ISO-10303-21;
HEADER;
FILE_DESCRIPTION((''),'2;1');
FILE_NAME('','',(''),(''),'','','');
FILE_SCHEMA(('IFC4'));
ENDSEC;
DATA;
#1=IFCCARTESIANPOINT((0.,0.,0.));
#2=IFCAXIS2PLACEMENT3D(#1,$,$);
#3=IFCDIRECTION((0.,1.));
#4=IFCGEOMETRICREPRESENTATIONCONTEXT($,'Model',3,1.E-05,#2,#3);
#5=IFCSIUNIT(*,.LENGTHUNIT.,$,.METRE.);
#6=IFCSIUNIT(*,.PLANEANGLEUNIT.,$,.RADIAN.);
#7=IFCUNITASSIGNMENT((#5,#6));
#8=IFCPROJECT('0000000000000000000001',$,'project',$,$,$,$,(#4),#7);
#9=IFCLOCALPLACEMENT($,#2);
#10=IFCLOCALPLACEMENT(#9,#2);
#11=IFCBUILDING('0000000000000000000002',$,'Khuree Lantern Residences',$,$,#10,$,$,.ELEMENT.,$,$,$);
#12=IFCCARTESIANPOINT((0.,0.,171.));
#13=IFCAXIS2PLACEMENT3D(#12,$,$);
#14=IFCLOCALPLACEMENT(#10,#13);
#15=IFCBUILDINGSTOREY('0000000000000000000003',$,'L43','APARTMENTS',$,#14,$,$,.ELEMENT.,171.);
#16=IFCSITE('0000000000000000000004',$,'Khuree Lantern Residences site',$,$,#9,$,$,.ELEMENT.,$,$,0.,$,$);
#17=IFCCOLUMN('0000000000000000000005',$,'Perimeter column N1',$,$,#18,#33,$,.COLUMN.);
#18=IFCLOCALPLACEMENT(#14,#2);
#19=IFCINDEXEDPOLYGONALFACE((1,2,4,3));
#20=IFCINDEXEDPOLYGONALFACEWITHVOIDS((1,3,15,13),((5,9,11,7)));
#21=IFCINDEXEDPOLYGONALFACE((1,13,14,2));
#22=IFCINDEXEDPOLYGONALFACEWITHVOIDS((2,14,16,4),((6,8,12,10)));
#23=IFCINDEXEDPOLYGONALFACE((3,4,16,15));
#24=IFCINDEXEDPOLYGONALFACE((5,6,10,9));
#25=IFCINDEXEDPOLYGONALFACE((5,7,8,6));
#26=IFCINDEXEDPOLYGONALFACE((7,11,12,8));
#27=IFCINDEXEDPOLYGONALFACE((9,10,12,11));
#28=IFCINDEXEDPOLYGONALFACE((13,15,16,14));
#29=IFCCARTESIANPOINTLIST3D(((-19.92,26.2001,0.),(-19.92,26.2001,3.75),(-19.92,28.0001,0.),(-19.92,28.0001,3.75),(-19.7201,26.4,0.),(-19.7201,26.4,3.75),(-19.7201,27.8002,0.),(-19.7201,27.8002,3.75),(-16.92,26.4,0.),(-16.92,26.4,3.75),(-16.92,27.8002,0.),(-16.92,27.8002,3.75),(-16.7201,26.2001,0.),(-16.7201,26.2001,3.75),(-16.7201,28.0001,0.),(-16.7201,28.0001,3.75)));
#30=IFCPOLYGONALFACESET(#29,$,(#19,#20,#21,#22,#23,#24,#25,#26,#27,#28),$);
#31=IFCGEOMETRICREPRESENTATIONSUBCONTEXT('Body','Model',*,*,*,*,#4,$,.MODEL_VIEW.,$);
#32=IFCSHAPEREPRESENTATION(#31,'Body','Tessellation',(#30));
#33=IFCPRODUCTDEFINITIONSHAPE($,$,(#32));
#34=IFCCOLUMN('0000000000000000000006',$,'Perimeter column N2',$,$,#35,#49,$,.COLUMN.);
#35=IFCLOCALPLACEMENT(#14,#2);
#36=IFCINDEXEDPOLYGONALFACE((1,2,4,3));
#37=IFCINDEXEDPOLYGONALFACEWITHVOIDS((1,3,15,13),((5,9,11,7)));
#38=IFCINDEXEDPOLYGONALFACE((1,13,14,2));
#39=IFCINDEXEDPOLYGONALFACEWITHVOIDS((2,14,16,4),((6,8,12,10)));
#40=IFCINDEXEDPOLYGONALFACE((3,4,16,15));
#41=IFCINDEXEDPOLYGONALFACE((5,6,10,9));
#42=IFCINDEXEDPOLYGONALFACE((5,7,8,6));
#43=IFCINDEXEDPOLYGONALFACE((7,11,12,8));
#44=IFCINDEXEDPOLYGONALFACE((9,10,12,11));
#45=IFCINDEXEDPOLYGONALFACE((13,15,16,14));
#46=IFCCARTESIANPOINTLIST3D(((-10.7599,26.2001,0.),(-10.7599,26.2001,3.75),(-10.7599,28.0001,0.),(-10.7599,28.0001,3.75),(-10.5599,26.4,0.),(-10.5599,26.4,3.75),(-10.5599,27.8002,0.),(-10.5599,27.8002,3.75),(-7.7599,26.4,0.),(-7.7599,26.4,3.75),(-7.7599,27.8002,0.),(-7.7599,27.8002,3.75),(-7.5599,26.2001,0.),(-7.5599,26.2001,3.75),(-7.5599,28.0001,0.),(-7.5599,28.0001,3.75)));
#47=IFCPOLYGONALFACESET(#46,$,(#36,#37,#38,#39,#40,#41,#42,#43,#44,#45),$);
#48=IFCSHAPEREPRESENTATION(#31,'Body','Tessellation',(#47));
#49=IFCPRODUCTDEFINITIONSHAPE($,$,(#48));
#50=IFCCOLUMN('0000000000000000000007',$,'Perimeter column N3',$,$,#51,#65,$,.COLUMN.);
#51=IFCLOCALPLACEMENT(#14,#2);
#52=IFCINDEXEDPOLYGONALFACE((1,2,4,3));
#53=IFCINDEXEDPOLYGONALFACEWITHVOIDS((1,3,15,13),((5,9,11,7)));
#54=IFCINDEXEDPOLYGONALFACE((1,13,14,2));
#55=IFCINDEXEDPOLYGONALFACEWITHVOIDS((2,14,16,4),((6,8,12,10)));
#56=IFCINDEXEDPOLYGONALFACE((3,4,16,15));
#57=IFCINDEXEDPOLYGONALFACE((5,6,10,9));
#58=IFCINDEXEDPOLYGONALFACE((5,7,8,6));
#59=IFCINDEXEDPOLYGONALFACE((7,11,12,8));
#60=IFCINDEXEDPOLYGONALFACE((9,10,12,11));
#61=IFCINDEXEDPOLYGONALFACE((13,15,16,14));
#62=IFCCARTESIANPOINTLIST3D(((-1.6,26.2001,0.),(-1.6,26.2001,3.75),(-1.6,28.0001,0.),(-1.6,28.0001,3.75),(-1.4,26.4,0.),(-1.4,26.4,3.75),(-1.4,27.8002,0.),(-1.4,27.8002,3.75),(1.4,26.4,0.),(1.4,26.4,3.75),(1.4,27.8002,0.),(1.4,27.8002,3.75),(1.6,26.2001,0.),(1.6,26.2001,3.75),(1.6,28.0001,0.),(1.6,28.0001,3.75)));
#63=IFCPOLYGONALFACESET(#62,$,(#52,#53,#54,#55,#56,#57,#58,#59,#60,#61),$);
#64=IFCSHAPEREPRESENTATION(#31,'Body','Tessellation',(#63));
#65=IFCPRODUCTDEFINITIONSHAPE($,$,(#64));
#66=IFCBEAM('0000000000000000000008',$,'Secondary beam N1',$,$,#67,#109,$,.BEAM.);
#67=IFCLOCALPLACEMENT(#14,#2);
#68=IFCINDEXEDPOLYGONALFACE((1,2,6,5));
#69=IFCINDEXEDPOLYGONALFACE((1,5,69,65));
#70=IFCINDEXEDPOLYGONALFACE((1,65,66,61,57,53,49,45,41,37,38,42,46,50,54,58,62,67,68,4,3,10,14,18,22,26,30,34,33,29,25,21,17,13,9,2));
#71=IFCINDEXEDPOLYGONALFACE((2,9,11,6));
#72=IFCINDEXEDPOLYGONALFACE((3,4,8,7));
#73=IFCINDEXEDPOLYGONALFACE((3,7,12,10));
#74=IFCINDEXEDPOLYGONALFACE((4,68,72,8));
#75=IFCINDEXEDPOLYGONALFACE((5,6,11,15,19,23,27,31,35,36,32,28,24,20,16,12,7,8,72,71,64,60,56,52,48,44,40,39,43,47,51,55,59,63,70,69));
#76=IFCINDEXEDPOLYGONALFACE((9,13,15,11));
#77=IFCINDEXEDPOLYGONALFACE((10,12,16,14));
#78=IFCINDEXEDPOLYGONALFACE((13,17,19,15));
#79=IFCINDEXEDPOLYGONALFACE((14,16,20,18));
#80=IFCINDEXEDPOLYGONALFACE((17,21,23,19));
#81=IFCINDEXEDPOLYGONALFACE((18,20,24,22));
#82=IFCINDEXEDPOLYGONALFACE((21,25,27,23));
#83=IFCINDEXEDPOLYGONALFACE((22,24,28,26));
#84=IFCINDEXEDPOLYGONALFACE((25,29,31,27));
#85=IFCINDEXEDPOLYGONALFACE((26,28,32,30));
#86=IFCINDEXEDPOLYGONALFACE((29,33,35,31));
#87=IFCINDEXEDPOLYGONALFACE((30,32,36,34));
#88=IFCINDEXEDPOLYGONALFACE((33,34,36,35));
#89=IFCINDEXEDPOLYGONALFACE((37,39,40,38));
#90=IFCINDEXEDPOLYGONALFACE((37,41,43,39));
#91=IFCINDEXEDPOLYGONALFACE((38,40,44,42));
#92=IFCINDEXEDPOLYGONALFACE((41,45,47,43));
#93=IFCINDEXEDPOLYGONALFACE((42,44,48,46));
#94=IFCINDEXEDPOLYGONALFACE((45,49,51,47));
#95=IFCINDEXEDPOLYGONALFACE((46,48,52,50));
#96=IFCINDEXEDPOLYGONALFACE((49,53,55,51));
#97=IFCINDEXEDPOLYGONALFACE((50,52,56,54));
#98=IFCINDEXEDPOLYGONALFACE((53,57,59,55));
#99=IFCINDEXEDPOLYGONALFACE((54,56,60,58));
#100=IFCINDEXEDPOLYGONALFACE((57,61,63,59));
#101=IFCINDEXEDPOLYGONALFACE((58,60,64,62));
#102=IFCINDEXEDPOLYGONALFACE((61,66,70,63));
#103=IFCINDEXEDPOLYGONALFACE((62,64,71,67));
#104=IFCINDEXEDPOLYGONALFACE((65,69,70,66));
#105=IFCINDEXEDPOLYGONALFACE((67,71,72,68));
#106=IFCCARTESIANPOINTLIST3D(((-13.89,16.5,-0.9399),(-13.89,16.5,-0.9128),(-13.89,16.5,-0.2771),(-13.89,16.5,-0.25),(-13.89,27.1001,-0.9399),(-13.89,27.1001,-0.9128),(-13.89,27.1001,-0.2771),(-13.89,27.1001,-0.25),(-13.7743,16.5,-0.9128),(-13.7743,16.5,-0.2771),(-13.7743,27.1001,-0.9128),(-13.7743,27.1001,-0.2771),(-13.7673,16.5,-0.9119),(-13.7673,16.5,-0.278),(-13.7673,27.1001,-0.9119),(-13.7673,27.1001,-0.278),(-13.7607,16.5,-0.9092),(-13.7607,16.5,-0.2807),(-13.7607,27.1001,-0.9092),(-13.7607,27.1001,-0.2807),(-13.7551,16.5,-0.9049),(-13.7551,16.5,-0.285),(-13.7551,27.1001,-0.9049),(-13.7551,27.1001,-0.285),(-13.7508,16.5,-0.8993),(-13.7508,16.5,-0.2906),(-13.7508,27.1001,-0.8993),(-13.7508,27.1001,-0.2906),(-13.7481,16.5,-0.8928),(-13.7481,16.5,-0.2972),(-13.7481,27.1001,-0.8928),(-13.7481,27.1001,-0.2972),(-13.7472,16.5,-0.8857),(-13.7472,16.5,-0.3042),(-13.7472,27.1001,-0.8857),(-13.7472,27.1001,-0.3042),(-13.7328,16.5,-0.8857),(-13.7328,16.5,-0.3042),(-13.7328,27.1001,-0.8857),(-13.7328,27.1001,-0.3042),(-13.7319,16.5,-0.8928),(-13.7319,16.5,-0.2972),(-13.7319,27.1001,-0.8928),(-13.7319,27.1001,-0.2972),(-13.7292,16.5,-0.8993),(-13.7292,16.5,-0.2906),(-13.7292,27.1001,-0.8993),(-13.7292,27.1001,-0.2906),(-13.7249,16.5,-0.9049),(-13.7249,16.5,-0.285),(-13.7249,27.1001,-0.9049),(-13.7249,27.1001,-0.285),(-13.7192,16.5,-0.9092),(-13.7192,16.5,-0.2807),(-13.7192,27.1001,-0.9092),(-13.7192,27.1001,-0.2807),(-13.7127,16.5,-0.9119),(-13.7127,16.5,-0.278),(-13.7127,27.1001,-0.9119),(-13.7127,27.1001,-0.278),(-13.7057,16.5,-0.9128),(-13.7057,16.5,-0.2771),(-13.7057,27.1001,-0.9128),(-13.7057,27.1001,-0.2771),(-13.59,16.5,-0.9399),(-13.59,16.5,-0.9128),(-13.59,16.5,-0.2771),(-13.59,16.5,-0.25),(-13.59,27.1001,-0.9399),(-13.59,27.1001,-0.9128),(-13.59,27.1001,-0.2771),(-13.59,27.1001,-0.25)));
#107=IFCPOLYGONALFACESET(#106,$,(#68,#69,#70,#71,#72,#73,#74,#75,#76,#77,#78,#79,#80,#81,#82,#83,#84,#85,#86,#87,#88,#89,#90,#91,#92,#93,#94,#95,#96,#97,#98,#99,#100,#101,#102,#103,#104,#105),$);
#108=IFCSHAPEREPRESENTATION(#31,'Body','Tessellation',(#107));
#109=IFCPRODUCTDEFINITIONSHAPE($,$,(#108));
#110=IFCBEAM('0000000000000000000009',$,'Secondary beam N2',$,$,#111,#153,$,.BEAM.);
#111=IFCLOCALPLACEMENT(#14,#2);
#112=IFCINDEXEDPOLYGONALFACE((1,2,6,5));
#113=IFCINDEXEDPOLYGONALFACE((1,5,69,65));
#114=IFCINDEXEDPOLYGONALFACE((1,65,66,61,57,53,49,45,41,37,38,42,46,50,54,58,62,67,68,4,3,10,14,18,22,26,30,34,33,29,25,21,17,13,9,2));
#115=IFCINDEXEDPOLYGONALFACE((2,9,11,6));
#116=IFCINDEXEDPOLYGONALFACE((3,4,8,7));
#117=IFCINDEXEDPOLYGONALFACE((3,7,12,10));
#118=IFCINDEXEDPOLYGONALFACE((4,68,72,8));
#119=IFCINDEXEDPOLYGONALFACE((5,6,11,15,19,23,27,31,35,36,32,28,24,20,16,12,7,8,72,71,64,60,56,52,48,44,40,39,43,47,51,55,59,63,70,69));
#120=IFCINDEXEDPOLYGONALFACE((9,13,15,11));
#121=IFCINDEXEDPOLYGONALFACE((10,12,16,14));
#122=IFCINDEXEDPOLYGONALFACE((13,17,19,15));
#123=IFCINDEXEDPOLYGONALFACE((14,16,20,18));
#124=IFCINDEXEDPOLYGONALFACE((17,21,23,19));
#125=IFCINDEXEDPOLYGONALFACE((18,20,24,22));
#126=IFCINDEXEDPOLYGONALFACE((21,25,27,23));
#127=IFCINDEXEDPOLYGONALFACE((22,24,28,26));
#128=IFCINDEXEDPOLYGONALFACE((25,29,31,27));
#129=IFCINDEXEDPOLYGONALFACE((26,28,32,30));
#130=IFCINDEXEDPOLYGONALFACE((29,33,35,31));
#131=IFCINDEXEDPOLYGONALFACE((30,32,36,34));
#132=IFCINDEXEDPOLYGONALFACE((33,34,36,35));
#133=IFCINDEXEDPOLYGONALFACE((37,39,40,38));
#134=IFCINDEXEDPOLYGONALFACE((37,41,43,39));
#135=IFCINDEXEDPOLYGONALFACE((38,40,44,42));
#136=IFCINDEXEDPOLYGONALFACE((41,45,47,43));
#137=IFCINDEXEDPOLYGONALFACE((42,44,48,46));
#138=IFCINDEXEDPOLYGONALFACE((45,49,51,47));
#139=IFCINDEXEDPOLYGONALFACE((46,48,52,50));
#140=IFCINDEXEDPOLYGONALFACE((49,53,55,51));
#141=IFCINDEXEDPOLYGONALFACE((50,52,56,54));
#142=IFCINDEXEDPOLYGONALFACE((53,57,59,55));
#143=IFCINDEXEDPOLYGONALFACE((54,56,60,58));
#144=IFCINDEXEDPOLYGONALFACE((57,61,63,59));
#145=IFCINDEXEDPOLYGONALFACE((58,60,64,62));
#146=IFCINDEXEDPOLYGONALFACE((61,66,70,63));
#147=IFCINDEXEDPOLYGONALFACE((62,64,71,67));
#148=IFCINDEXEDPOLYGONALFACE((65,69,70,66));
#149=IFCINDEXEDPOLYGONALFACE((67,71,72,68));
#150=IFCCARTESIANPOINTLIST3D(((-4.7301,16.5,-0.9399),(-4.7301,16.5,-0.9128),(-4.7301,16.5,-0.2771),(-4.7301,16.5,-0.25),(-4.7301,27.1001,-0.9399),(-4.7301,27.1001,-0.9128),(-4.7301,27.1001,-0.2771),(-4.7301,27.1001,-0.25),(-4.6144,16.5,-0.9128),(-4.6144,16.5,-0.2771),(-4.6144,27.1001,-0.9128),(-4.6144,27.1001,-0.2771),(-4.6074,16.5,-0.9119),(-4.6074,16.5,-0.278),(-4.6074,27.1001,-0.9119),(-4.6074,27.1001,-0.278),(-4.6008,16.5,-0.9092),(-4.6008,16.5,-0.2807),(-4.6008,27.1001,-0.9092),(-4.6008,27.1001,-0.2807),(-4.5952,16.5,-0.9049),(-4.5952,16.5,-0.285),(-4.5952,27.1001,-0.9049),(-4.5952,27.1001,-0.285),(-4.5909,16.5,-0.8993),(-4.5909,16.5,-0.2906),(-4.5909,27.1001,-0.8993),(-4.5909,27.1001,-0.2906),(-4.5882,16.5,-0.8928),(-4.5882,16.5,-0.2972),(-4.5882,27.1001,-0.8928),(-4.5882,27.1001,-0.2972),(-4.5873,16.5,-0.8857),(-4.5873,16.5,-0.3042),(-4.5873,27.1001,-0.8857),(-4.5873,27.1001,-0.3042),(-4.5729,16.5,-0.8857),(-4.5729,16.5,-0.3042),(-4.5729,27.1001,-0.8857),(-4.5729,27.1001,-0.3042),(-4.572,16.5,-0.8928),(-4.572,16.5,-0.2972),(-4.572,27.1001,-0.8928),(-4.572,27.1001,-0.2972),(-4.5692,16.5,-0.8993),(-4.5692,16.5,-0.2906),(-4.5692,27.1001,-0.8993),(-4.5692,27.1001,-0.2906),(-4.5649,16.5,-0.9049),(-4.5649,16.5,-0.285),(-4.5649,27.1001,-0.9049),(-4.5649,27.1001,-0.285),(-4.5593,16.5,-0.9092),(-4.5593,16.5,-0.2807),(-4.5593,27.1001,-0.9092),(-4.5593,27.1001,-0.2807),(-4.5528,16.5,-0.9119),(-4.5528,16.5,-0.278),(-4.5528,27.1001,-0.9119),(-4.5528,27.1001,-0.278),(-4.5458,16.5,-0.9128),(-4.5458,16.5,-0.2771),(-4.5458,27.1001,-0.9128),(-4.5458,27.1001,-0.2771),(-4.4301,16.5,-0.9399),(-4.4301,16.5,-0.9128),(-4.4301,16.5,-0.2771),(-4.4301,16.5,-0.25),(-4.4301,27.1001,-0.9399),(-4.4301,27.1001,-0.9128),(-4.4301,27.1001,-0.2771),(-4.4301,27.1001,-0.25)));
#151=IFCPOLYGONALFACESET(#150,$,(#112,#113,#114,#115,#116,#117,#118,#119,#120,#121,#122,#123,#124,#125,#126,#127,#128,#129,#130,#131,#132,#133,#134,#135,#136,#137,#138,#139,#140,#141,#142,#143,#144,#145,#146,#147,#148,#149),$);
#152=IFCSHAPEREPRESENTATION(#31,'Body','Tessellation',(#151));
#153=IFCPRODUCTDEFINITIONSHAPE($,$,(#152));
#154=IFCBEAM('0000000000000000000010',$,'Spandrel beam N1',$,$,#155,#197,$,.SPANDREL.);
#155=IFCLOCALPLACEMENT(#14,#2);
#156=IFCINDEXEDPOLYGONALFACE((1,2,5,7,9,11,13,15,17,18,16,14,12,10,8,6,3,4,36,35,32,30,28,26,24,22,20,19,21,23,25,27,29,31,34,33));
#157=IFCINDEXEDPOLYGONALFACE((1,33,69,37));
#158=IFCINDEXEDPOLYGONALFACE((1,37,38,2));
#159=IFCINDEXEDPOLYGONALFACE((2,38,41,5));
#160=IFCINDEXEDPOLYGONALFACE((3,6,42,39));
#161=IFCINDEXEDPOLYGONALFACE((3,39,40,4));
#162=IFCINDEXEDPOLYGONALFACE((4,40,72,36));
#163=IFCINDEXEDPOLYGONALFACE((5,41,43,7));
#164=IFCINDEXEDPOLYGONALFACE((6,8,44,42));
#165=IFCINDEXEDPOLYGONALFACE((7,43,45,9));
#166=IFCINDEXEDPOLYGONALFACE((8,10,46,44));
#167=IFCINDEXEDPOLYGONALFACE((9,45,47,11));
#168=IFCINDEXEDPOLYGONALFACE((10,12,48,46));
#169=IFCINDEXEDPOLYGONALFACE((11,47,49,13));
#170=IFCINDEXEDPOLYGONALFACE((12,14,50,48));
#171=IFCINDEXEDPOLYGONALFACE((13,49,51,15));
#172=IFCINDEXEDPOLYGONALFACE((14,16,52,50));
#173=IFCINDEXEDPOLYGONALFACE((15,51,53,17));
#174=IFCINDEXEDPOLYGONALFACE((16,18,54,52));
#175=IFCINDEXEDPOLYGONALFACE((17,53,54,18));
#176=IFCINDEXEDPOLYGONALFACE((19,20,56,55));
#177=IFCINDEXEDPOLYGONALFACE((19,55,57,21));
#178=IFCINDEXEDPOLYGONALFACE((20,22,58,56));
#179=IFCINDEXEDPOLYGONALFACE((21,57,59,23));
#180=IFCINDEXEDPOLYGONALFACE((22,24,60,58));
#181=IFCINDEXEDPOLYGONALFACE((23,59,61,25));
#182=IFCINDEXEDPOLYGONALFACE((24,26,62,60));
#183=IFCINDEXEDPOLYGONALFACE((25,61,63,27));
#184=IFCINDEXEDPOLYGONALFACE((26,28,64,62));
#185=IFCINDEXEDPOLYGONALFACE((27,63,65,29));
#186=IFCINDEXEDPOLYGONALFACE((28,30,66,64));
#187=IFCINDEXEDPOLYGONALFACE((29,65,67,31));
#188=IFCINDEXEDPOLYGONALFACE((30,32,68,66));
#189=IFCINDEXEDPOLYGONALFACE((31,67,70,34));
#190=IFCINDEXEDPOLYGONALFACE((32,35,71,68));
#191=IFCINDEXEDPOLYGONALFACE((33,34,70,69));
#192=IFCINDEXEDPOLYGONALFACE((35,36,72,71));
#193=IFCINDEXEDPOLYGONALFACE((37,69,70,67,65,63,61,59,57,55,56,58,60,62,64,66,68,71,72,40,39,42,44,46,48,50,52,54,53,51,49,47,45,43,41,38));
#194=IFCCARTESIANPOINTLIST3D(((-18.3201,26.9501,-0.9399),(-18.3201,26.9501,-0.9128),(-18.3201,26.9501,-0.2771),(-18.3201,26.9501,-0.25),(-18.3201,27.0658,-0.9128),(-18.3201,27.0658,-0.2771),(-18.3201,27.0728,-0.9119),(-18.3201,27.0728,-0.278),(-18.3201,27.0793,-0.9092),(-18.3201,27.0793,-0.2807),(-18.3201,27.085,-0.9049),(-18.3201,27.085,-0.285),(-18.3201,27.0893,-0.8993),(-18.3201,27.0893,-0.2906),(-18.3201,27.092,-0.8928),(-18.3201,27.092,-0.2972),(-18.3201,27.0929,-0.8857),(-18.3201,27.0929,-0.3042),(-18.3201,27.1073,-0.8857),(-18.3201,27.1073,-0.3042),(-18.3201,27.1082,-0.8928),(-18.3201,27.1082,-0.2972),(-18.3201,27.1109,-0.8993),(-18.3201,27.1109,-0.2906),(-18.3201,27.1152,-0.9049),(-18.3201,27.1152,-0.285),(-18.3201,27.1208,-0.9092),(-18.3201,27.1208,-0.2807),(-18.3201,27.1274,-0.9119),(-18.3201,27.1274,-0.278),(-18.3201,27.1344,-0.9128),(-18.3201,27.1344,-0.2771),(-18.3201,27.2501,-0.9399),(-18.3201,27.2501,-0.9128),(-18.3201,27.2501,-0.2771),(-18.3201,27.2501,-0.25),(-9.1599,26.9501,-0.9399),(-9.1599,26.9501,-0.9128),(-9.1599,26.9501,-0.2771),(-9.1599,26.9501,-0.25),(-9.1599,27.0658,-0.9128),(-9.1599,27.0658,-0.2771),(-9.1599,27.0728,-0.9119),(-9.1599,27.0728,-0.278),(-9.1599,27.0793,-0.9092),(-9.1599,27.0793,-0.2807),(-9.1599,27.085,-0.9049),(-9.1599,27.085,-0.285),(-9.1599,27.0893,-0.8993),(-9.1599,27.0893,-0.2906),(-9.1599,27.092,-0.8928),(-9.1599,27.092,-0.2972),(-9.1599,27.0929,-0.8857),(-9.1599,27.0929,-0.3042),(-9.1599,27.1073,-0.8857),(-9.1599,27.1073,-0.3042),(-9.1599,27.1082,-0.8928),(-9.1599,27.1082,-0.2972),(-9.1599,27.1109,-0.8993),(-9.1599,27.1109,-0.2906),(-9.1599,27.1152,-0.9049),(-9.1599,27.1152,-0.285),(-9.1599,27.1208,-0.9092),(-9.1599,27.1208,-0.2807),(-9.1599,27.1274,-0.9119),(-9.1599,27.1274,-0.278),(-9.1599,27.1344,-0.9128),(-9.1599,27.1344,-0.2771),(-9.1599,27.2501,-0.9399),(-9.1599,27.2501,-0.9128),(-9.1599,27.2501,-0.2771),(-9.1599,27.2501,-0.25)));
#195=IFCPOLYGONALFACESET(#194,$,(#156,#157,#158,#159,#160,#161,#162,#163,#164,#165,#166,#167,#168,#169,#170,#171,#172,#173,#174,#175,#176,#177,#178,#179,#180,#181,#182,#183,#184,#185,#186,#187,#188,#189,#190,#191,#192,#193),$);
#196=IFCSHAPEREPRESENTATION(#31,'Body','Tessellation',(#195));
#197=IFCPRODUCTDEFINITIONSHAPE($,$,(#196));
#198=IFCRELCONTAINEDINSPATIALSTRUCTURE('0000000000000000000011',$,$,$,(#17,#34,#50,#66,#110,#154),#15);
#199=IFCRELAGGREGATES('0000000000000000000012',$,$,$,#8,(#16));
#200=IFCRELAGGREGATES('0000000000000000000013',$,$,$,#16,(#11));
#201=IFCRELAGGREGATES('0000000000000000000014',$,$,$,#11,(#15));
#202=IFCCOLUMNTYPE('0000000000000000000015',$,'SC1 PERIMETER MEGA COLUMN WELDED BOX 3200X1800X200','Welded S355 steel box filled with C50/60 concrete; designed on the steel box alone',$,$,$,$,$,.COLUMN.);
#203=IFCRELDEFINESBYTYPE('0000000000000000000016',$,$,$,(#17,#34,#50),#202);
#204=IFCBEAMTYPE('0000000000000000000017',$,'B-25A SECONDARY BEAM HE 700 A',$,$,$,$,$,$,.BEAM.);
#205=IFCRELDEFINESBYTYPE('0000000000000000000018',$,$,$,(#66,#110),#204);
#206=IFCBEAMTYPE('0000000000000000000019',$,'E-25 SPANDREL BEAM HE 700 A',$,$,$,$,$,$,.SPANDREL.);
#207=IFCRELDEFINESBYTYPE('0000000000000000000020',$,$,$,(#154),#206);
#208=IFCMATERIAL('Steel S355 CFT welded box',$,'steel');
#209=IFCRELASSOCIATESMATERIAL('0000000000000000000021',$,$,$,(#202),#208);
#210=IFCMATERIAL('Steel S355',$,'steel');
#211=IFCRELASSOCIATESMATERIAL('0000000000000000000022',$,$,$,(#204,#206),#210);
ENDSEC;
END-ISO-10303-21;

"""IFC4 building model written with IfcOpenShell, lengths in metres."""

from ifc_helpers import new_model, si_unit, direction, frame, origin, origin_2d, place, context, subcontext, project, spatial, hollow_rectangle, i_section, extrude, material, material_profile, profile_set, type_object, element, save


model = new_model("IFC4")

# Units and contexts
model_context = context("Model", 3, precision=1e-05, world=origin(), true_north=direction((0.0, 1.0)))
body_context = subcontext(model_context, "Body", "Model", "MODEL_VIEW")
ifc_project = project(units=[si_unit("LENGTHUNIT", "METRE"), si_unit("PLANEANGLEUNIT", "RADIAN")], contexts=[model_context])

# Site, building, storey
site_placement = place(None, origin())
site = spatial("IfcSite", under=ifc_project, at=site_placement, Name="Khuree Lantern Residences site", CompositionType="ELEMENT", RefElevation=0.0)
building_placement = place(site_placement, origin())
building = spatial("IfcBuilding", under=site, at=building_placement, Name="Khuree Lantern Residences", CompositionType="ELEMENT")
storey_placement = place(building_placement, frame((0.0, 0.0, 171.0)))
storey = spatial("IfcBuildingStorey", under=building, at=storey_placement, Name="L43", Description="APARTMENTS", CompositionType="ELEMENT", Elevation=171.0)

# Columns
ifc_material_1 = material(Name="Steel S355 CFT welded box", Category="steel")
ifc_material_profile_1 = material_profile(ifc_material_1, hollow_rectangle(XDim=3.2, YDim=1.8, WallThickness=0.2, at=origin_2d()), Name="WELDED BOX 3200X1800X200")
ifc_profile_set_1 = profile_set([ifc_material_profile_1], Name="Steel S355 CFT welded box")
column_type = type_object("IfcColumnType", Name="SC1 PERIMETER MEGA COLUMN WELDED BOX 3200X1800X200", Description="Welded S355 steel box filled with C50/60 concrete; designed on the steel box alone", PredefinedType="COLUMN", material=ifc_profile_set_1)
for number, where, z_axis, x_axis, name in (
    (1, (-18.3201, 27.1001, 0.0), (0.0, 0.0, 1.0), (1.0, 0.0, 0.0), "Perimeter column N1"),
    (2, (-9.1599, 27.1001, 0.0), (0.0, 0.0, 1.0), (1.0, 0.0, 0.0), "Perimeter column N2"),
    (3, (0.0, 27.1001, 0.0), (0.0, 0.0, 1.0), (1.0, 0.0, 0.0), "Perimeter column N3"),
):
    element("IfcColumn", number, at=place(storey_placement, frame(where, z_axis=z_axis, x_axis=x_axis)), inside=storey, type_object=column_type, Name=name, PredefinedType="COLUMN", context=body_context, shape_type="SweptSolid", body=[
        extrude(hollow_rectangle(XDim=3.2, YDim=1.8, WallThickness=0.2, at=origin_2d()), origin(), (0.0, 0.0, 1.0), 3.75),
    ])

# Beams
ifc_material_2 = material(Name="Steel S355", Category="steel")
ifc_material_profile_2 = material_profile(ifc_material_2, i_section(OverallWidth=0.3, OverallDepth=0.6899, WebThickness=0.0144, FlangeThickness=0.0271, FilletRadius=0.0271, at=origin_2d()), Name="HE 700 A")
ifc_profile_set_2 = profile_set([ifc_material_profile_2], Name="Steel S355")
beam_type_1 = type_object("IfcBeamType", Name="B-25A SECONDARY BEAM HE 700 A", PredefinedType="BEAM", material=ifc_profile_set_2)
for number, where, z_axis, x_axis, name in (
    (4, (-13.74, 27.1001, -0.595), (0.0, -1.0, 0.0), (1.0, 0.0, 0.0), "Secondary beam N1"),
    (5, (-4.5801, 27.1001, -0.595), (0.0, -1.0, 0.0), (1.0, 0.0, 0.0), "Secondary beam N2"),
):
    element("IfcBeam", number, at=place(storey_placement, frame(where, z_axis=z_axis, x_axis=x_axis)), inside=storey, type_object=beam_type_1, Name=name, PredefinedType="BEAM", context=body_context, shape_type="SweptSolid", body=[
        extrude(i_section(OverallWidth=0.3, OverallDepth=0.6899, WebThickness=0.0144, FlangeThickness=0.0271, FilletRadius=0.0271, at=origin_2d()), origin(), (0.0, 0.0, 1.0), 10.6001),
    ])
ifc_material_profile_3 = material_profile(ifc_material_2, i_section(OverallWidth=0.3, OverallDepth=0.6899, WebThickness=0.0144, FlangeThickness=0.0271, FilletRadius=0.0271, at=origin_2d()), Name="HE 700 A")
ifc_profile_set_3 = profile_set([ifc_material_profile_3], Name="Steel S355")
beam_type_2 = type_object("IfcBeamType", Name="E-25 SPANDREL BEAM HE 700 A", PredefinedType="SPANDREL", material=ifc_profile_set_3)
beam_1_placement = place(storey_placement, frame((-18.3201, 27.1001, -0.595), z_axis=(1.0, 0.0, 0.0), x_axis=(0.0, 1.0, 0.0)))
element("IfcBeam", 6, at=beam_1_placement, inside=storey, type_object=beam_type_2, Name="Spandrel beam N1", PredefinedType="SPANDREL", context=body_context, shape_type="SweptSolid", body=[
    extrude(i_section(OverallWidth=0.3, OverallDepth=0.6899, WebThickness=0.0144, FlangeThickness=0.0271, FilletRadius=0.0271, at=origin_2d()), origin(), (0.0, 0.0, 1.0), 9.1602),
])

save(model, "model.ifc")
